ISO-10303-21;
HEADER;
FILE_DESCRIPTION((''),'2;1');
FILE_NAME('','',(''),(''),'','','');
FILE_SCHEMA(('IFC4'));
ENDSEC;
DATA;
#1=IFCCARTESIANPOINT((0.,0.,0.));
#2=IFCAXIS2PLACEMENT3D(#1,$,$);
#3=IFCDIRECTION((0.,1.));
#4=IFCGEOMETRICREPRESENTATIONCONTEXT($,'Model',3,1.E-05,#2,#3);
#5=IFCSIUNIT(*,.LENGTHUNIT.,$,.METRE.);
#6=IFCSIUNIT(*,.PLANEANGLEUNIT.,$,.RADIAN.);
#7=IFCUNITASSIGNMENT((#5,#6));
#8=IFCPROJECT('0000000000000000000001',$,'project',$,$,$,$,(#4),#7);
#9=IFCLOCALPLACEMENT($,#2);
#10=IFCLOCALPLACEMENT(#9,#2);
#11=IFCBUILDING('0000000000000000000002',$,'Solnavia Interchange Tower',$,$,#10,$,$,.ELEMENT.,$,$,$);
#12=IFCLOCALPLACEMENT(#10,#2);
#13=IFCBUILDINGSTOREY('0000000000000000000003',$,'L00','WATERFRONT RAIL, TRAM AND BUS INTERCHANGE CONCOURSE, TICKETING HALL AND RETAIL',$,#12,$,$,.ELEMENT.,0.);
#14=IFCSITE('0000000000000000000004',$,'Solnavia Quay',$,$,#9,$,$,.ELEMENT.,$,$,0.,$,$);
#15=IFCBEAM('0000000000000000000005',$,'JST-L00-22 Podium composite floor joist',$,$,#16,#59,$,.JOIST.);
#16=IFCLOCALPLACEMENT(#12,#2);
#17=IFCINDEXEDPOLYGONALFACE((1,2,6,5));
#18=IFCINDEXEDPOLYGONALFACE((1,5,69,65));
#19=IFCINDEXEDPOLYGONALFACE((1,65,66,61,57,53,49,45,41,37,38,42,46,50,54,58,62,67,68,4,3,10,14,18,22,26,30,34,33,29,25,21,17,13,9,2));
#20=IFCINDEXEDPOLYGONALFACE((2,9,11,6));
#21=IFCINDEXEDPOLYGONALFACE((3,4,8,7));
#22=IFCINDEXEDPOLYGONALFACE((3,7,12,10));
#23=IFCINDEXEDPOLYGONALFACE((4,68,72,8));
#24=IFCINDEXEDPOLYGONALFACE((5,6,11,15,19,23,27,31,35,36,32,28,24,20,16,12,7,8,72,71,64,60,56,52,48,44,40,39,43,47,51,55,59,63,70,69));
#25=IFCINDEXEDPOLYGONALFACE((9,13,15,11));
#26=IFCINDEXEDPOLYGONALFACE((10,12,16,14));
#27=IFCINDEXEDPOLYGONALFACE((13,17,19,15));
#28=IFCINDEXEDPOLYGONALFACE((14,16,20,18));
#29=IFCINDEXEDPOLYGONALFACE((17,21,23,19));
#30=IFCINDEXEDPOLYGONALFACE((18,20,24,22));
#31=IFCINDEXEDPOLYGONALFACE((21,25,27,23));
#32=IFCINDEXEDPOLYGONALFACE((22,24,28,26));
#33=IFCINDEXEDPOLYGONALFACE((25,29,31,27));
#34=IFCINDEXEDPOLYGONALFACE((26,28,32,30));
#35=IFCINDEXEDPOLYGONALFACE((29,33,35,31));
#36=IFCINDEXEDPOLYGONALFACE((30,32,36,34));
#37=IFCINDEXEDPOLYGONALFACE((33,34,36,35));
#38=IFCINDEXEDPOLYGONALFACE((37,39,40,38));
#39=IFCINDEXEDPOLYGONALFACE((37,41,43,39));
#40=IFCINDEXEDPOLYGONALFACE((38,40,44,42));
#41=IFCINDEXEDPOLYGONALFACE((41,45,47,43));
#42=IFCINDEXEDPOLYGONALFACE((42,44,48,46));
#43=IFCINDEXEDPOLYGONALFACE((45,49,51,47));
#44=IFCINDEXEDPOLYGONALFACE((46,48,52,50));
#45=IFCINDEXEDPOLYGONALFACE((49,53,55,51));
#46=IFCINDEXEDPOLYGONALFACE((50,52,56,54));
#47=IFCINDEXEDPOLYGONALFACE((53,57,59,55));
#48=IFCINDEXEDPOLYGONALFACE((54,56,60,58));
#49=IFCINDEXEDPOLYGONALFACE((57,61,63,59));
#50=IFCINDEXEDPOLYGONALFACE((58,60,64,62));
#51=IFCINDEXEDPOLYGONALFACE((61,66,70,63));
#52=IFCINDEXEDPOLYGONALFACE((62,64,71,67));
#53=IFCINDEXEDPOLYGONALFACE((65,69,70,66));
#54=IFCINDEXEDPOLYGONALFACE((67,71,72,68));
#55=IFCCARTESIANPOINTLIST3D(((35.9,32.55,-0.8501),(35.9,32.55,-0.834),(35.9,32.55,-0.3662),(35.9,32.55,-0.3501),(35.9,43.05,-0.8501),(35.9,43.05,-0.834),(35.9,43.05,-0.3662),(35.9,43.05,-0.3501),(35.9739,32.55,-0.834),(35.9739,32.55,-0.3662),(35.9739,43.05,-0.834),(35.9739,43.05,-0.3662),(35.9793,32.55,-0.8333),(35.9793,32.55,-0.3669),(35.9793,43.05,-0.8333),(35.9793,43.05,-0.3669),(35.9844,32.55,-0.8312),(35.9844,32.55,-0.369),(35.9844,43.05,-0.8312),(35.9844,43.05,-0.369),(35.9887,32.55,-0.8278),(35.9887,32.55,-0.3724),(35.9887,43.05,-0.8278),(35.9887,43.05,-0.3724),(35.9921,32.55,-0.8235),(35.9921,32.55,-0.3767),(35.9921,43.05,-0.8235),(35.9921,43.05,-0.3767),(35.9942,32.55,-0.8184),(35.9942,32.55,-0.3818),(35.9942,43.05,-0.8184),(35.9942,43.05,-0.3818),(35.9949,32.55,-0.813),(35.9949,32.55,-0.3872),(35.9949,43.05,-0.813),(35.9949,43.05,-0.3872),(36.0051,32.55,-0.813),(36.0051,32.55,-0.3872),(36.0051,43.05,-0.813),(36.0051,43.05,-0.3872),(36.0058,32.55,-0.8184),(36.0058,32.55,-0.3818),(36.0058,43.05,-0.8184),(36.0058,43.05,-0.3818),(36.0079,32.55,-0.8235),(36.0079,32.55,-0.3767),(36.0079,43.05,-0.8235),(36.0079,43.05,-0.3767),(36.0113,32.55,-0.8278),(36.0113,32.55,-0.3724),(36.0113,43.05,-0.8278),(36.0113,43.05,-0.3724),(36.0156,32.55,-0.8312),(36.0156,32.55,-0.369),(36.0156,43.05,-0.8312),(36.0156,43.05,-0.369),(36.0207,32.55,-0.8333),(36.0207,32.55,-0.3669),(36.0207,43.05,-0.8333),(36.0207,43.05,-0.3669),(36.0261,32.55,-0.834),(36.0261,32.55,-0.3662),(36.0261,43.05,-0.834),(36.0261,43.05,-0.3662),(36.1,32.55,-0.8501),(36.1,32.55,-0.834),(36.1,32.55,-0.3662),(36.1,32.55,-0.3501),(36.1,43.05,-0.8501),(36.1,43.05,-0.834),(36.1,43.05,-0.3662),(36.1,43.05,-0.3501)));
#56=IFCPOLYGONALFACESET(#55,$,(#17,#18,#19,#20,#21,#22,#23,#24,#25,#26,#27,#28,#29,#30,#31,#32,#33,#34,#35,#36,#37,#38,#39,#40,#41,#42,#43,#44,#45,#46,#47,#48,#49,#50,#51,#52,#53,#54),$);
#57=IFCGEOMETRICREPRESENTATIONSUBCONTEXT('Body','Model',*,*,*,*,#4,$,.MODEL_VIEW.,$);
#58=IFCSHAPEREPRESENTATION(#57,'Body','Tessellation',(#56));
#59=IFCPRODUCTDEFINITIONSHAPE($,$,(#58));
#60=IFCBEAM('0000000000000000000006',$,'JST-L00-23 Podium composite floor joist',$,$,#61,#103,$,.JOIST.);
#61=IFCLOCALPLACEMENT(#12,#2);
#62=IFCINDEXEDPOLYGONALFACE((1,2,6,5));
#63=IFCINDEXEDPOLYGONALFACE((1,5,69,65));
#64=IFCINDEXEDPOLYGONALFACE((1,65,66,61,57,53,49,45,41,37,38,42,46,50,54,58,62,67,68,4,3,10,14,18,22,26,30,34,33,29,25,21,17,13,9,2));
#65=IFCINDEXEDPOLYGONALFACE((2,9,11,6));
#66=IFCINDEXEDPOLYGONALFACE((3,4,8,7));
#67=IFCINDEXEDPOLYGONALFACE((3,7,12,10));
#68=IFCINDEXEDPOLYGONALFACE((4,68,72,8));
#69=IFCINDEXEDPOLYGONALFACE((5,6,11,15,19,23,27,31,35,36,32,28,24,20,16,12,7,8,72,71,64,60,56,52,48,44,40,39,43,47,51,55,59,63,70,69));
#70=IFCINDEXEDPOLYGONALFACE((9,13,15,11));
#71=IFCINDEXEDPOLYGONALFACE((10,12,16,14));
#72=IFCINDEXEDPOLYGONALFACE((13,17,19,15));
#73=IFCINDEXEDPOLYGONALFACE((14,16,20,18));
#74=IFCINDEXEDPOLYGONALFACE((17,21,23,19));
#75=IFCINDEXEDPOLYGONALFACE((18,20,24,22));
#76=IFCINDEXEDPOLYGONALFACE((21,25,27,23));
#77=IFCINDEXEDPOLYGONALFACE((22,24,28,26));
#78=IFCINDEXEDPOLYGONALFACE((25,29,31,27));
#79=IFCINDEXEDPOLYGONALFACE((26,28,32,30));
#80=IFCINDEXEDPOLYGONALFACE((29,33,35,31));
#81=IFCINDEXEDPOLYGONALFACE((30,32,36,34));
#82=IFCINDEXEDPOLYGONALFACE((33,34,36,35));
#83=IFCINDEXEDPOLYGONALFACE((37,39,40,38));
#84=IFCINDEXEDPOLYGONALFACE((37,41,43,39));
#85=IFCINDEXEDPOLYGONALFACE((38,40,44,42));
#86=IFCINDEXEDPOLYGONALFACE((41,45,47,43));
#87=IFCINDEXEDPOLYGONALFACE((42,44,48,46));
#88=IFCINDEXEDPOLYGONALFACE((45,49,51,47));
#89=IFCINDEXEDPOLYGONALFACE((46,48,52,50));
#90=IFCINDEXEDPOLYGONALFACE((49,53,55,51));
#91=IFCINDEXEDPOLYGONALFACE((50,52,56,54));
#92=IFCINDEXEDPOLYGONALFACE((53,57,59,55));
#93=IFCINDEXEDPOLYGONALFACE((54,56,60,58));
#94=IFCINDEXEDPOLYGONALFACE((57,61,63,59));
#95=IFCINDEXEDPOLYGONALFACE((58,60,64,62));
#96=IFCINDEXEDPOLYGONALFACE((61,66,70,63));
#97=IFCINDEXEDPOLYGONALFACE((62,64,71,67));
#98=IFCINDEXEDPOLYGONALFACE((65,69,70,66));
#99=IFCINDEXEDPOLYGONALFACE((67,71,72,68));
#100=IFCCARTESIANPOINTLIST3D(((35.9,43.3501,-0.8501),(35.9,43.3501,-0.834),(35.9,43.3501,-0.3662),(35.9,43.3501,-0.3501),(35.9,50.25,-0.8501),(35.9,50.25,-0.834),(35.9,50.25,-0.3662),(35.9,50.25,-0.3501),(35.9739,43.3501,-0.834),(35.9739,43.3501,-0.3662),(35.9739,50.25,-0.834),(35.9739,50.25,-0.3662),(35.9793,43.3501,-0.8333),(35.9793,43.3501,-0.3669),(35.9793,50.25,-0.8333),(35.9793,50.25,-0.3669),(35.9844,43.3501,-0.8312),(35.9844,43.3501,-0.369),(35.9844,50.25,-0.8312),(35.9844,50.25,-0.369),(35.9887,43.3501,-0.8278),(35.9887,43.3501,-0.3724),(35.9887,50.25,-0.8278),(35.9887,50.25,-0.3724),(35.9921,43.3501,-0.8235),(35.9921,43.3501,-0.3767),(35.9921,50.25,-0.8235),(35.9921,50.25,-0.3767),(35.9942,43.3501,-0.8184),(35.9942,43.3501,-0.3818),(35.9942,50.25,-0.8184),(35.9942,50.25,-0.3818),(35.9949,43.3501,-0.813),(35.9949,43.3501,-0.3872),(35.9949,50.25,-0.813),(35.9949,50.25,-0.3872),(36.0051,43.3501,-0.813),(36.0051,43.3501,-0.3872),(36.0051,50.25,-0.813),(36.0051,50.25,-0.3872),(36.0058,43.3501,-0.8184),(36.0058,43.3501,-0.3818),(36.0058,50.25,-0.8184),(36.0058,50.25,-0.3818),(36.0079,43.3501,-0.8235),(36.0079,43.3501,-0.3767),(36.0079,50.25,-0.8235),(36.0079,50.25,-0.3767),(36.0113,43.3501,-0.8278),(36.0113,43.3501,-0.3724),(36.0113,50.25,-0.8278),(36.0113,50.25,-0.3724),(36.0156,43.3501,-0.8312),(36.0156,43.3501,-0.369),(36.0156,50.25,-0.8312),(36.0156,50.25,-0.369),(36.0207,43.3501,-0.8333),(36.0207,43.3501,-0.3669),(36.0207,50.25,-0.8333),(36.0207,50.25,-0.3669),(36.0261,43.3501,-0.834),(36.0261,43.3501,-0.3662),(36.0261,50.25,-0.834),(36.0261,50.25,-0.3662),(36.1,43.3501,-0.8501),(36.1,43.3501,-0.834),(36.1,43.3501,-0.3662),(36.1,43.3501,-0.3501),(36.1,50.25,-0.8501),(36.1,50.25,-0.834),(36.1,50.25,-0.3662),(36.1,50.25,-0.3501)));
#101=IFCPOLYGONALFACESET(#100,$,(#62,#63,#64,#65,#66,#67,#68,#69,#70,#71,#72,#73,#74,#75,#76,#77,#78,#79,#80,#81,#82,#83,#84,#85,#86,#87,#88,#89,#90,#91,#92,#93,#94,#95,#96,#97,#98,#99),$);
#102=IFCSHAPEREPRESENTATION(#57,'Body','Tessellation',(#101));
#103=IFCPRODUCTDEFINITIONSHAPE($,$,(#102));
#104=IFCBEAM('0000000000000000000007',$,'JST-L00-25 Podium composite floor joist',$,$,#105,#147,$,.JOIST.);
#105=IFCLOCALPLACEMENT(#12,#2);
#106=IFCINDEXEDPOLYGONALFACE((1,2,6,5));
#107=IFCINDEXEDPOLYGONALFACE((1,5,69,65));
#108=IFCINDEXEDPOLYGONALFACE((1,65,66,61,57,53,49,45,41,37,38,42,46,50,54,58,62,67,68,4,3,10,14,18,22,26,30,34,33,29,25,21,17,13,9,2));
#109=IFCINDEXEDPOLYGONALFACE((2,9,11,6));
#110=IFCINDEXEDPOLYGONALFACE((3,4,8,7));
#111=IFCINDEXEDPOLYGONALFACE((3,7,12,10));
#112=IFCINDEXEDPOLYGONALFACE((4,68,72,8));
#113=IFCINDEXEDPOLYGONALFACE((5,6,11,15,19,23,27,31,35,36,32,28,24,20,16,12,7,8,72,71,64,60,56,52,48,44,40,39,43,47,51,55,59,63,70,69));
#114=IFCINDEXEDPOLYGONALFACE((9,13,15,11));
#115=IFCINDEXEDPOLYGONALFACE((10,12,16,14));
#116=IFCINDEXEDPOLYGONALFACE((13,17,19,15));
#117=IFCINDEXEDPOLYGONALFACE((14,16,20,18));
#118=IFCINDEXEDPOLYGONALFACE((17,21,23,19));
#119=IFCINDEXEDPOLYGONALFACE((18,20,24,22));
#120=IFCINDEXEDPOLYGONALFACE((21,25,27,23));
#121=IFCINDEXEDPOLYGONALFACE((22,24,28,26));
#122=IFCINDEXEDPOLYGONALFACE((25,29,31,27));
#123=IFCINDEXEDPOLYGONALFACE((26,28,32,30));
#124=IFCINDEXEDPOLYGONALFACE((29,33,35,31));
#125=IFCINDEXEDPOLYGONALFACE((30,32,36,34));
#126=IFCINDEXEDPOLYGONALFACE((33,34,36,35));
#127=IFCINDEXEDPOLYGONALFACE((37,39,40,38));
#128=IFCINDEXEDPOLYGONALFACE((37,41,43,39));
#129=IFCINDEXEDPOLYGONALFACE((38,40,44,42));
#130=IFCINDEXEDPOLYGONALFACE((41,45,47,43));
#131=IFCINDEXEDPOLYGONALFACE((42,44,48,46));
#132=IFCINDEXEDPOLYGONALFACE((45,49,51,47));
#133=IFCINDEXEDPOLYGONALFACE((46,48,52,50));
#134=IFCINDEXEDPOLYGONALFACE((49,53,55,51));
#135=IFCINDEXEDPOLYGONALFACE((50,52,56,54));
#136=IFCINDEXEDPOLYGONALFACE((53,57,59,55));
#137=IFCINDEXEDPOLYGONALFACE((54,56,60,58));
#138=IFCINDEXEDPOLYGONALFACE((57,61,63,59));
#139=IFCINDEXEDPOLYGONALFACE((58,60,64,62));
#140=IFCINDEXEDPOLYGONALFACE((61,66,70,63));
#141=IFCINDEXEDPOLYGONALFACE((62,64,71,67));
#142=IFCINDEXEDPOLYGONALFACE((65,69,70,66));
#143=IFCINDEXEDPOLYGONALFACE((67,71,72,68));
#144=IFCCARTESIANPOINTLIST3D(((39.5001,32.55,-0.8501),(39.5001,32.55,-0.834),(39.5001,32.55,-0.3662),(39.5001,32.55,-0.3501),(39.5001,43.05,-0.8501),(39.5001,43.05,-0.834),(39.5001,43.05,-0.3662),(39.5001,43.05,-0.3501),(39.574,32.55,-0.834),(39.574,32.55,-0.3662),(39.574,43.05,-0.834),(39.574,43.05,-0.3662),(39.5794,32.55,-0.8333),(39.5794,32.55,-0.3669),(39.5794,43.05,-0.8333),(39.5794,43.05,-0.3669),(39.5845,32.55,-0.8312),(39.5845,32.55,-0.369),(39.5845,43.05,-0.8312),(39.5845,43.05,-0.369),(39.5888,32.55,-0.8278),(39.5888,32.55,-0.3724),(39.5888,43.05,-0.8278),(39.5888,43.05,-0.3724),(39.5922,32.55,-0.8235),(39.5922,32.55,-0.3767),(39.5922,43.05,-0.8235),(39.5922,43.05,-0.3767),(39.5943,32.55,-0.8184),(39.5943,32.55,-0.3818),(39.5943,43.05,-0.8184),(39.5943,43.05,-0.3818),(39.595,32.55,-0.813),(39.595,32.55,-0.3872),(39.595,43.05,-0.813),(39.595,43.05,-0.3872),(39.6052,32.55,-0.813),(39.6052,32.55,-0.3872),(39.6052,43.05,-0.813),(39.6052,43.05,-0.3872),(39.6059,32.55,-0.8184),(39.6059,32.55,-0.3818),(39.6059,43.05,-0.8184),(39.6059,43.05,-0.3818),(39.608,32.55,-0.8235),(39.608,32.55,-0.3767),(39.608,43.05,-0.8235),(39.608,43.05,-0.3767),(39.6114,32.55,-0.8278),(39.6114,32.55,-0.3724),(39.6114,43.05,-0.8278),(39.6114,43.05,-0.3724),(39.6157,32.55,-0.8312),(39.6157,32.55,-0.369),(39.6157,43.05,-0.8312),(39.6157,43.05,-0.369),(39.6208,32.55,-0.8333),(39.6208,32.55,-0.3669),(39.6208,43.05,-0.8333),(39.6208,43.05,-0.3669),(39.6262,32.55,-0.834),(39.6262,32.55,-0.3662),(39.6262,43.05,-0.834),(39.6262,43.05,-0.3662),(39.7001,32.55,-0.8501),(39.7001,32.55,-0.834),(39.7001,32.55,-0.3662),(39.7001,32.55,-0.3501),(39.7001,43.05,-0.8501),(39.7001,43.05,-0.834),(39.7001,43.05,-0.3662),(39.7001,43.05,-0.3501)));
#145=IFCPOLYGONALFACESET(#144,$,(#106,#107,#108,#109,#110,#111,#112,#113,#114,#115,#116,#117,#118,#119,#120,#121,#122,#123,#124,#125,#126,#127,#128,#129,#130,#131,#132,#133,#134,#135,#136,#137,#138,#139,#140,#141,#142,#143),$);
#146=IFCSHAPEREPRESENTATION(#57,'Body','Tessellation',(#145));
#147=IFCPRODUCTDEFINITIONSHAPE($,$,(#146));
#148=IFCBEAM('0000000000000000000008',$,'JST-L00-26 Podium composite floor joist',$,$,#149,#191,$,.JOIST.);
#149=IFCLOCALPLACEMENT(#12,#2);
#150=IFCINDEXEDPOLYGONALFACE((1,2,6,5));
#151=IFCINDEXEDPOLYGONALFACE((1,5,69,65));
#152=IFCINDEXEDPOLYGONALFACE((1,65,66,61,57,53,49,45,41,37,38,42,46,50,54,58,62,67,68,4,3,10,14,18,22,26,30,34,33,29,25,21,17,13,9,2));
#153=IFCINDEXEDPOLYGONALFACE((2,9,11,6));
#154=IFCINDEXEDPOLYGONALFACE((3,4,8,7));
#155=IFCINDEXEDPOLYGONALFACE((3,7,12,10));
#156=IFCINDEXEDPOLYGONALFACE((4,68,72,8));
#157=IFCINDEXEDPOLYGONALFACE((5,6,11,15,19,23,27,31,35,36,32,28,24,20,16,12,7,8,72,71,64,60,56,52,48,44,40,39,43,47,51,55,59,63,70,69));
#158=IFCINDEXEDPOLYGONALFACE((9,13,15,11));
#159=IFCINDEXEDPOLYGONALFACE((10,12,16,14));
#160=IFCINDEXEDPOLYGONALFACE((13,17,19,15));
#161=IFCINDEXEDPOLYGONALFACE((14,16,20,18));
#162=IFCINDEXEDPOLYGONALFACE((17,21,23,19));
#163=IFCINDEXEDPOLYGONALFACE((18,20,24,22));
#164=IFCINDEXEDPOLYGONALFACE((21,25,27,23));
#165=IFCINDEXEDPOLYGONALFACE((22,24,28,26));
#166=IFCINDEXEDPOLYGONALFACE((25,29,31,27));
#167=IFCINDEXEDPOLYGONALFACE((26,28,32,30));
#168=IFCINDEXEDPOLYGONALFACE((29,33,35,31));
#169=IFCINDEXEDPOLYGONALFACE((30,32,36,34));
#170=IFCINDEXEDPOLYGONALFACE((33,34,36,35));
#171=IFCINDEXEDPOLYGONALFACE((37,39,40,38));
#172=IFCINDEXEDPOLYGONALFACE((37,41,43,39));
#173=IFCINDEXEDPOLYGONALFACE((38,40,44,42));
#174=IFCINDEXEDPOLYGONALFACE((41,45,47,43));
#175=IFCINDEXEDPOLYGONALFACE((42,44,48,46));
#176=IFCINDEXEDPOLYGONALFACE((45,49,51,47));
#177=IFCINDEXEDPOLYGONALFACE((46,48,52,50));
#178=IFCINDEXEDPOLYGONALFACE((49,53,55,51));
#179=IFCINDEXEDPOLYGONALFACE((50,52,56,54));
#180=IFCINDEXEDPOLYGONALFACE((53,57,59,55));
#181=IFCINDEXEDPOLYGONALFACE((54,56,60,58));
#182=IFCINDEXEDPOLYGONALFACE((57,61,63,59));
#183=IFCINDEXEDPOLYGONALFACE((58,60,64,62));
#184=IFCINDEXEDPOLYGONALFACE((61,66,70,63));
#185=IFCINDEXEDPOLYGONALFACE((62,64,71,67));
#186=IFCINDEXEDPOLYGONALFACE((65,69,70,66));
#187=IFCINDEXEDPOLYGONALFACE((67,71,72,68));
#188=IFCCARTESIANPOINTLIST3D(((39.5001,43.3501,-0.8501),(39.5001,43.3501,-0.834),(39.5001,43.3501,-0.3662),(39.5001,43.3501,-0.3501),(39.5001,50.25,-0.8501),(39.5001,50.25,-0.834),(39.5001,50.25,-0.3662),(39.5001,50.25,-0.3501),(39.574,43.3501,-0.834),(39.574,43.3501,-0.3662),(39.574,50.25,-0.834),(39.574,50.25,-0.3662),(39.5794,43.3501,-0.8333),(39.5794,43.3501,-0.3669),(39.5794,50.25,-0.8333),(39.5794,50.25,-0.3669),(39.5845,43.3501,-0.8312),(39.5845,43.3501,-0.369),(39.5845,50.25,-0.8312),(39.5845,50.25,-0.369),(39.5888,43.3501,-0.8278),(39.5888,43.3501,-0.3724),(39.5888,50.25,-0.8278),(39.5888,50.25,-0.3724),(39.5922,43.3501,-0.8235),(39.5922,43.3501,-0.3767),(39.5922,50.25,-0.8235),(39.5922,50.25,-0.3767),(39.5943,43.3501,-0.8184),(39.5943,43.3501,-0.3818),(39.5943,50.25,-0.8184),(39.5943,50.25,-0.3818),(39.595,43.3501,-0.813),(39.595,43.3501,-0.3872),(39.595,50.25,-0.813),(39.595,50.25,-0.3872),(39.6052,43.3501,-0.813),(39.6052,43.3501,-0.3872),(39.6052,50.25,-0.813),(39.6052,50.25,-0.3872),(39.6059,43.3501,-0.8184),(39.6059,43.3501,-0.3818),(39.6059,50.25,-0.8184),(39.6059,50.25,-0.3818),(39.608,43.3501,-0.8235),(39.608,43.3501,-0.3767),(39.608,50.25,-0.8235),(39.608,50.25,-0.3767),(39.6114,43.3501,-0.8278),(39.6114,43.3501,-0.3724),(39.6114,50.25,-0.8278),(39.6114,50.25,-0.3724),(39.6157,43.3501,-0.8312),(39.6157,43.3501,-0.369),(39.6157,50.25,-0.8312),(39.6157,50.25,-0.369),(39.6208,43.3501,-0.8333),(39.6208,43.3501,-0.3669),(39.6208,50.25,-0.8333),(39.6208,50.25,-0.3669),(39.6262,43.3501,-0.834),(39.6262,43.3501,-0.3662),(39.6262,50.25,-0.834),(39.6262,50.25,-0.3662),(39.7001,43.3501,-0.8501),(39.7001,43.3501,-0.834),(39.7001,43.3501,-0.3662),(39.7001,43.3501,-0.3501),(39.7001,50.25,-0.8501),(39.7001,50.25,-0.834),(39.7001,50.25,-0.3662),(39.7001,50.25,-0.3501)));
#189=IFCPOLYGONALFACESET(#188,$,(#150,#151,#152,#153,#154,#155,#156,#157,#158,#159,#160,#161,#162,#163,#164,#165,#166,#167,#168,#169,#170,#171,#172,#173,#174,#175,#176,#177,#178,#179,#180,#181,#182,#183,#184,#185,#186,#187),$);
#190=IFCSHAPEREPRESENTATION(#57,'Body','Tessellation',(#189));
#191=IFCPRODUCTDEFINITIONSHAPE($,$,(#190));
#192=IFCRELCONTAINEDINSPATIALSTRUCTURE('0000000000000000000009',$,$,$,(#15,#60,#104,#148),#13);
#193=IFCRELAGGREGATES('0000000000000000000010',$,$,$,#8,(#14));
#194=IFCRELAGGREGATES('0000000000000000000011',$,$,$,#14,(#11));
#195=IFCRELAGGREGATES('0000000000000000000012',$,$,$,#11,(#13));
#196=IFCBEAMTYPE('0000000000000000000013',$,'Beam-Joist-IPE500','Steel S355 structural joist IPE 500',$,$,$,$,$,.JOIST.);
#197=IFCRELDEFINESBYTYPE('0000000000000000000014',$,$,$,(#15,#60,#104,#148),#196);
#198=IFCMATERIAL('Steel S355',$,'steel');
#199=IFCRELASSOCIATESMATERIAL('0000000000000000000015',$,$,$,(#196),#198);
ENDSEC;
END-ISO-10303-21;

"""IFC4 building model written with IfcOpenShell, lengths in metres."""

from ifc_helpers import new_model, si_unit, direction, frame, origin, origin_2d, place, context, subcontext, project, spatial, i_section, extrude, material, material_profile, profile_set, type_object, element, save


model = new_model("IFC4")

# Units and contexts
model_context = context("Model", 3, precision=1e-05, world=origin(), true_north=direction((0.0, 1.0)))
body_context = subcontext(model_context, "Body", "Model", "MODEL_VIEW")
ifc_project = project(units=[si_unit("LENGTHUNIT", "METRE"), si_unit("PLANEANGLEUNIT", "RADIAN")], contexts=[model_context])

# Site, building, storey
site_placement = place(None, origin())
site = spatial("IfcSite", under=ifc_project, at=site_placement, Name="Solnavia Quay", CompositionType="ELEMENT", RefElevation=0.0)
building_placement = place(site_placement, origin())
building = spatial("IfcBuilding", under=site, at=building_placement, Name="Solnavia Interchange Tower", CompositionType="ELEMENT")
storey_placement = place(building_placement, origin())
storey = spatial("IfcBuildingStorey", under=building, at=storey_placement, Name="L00", Description="WATERFRONT RAIL, TRAM AND BUS INTERCHANGE CONCOURSE, TICKETING HALL AND RETAIL", CompositionType="ELEMENT", Elevation=0.0)

# Beams
ifc_material_1 = material(Name="Steel S355", Category="steel")
ifc_material_profile_1 = material_profile(ifc_material_1, i_section(OverallWidth=0.2, OverallDepth=0.5, WebThickness=0.0103, FlangeThickness=0.0161, FilletRadius=0.021, at=origin_2d()), Name="IPE 500")
ifc_profile_set_1 = profile_set([ifc_material_profile_1], Name="Steel S355")
beam_type_1 = type_object("IfcBeamType", Name="Beam-Joist-IPE500", Description="Steel S355 structural joist IPE 500", PredefinedType="JOIST", material=ifc_profile_set_1)
beam_1_placement = place(storey_placement, frame((36.0, 32.55, -0.6001), z_axis=(0.0, 1.0, 0.0), x_axis=(-1.0, 0.0, 0.0)))
element("IfcBeam", 1, at=beam_1_placement, inside=storey, type_object=beam_type_1, Name="JST-L00-22 Podium composite floor joist", PredefinedType="JOIST", context=body_context, shape_type="SweptSolid", body=[
    extrude(i_section(OverallWidth=0.2, OverallDepth=0.5, WebThickness=0.0103, FlangeThickness=0.0161, FilletRadius=0.021, at=origin_2d()), origin(), (0.0, 0.0, 1.0), 10.5),
])
beam_2_placement = place(storey_placement, frame((36.0, 43.3501, -0.6001), z_axis=(0.0, 1.0, 0.0), x_axis=(-1.0, 0.0, 0.0)))
element("IfcBeam", 2, at=beam_2_placement, inside=storey, type_object=beam_type_1, Name="JST-L00-23 Podium composite floor joist", PredefinedType="JOIST", context=body_context, shape_type="SweptSolid", body=[
    extrude(i_section(OverallWidth=0.2, OverallDepth=0.5, WebThickness=0.0103, FlangeThickness=0.0161, FilletRadius=0.021, at=origin_2d()), origin(), (0.0, 0.0, 1.0), 6.8999),
])
beam_3_placement = place(storey_placement, frame((39.6001, 32.55, -0.6001), z_axis=(0.0, 1.0, 0.0), x_axis=(-1.0, 0.0, 0.0)))
element("IfcBeam", 3, at=beam_3_placement, inside=storey, type_object=beam_type_1, Name="JST-L00-25 Podium composite floor joist", PredefinedType="JOIST", context=body_context, shape_type="SweptSolid", body=[
    extrude(i_section(OverallWidth=0.2, OverallDepth=0.5, WebThickness=0.0103, FlangeThickness=0.0161, FilletRadius=0.021, at=origin_2d()), origin(), (0.0, 0.0, 1.0), 10.5),
])
beam_4_placement = place(storey_placement, frame((39.6001, 43.3501, -0.6001), z_axis=(0.0, 1.0, 0.0), x_axis=(-1.0, 0.0, 0.0)))
element("IfcBeam", 4, at=beam_4_placement, inside=storey, type_object=beam_type_1, Name="JST-L00-26 Podium composite floor joist", PredefinedType="JOIST", context=body_context, shape_type="SweptSolid", body=[
    extrude(i_section(OverallWidth=0.2, OverallDepth=0.5, WebThickness=0.0103, FlangeThickness=0.0161, FilletRadius=0.021, at=origin_2d()), origin(), (0.0, 0.0, 1.0), 6.8999),
])

save(model, "model.ifc")
